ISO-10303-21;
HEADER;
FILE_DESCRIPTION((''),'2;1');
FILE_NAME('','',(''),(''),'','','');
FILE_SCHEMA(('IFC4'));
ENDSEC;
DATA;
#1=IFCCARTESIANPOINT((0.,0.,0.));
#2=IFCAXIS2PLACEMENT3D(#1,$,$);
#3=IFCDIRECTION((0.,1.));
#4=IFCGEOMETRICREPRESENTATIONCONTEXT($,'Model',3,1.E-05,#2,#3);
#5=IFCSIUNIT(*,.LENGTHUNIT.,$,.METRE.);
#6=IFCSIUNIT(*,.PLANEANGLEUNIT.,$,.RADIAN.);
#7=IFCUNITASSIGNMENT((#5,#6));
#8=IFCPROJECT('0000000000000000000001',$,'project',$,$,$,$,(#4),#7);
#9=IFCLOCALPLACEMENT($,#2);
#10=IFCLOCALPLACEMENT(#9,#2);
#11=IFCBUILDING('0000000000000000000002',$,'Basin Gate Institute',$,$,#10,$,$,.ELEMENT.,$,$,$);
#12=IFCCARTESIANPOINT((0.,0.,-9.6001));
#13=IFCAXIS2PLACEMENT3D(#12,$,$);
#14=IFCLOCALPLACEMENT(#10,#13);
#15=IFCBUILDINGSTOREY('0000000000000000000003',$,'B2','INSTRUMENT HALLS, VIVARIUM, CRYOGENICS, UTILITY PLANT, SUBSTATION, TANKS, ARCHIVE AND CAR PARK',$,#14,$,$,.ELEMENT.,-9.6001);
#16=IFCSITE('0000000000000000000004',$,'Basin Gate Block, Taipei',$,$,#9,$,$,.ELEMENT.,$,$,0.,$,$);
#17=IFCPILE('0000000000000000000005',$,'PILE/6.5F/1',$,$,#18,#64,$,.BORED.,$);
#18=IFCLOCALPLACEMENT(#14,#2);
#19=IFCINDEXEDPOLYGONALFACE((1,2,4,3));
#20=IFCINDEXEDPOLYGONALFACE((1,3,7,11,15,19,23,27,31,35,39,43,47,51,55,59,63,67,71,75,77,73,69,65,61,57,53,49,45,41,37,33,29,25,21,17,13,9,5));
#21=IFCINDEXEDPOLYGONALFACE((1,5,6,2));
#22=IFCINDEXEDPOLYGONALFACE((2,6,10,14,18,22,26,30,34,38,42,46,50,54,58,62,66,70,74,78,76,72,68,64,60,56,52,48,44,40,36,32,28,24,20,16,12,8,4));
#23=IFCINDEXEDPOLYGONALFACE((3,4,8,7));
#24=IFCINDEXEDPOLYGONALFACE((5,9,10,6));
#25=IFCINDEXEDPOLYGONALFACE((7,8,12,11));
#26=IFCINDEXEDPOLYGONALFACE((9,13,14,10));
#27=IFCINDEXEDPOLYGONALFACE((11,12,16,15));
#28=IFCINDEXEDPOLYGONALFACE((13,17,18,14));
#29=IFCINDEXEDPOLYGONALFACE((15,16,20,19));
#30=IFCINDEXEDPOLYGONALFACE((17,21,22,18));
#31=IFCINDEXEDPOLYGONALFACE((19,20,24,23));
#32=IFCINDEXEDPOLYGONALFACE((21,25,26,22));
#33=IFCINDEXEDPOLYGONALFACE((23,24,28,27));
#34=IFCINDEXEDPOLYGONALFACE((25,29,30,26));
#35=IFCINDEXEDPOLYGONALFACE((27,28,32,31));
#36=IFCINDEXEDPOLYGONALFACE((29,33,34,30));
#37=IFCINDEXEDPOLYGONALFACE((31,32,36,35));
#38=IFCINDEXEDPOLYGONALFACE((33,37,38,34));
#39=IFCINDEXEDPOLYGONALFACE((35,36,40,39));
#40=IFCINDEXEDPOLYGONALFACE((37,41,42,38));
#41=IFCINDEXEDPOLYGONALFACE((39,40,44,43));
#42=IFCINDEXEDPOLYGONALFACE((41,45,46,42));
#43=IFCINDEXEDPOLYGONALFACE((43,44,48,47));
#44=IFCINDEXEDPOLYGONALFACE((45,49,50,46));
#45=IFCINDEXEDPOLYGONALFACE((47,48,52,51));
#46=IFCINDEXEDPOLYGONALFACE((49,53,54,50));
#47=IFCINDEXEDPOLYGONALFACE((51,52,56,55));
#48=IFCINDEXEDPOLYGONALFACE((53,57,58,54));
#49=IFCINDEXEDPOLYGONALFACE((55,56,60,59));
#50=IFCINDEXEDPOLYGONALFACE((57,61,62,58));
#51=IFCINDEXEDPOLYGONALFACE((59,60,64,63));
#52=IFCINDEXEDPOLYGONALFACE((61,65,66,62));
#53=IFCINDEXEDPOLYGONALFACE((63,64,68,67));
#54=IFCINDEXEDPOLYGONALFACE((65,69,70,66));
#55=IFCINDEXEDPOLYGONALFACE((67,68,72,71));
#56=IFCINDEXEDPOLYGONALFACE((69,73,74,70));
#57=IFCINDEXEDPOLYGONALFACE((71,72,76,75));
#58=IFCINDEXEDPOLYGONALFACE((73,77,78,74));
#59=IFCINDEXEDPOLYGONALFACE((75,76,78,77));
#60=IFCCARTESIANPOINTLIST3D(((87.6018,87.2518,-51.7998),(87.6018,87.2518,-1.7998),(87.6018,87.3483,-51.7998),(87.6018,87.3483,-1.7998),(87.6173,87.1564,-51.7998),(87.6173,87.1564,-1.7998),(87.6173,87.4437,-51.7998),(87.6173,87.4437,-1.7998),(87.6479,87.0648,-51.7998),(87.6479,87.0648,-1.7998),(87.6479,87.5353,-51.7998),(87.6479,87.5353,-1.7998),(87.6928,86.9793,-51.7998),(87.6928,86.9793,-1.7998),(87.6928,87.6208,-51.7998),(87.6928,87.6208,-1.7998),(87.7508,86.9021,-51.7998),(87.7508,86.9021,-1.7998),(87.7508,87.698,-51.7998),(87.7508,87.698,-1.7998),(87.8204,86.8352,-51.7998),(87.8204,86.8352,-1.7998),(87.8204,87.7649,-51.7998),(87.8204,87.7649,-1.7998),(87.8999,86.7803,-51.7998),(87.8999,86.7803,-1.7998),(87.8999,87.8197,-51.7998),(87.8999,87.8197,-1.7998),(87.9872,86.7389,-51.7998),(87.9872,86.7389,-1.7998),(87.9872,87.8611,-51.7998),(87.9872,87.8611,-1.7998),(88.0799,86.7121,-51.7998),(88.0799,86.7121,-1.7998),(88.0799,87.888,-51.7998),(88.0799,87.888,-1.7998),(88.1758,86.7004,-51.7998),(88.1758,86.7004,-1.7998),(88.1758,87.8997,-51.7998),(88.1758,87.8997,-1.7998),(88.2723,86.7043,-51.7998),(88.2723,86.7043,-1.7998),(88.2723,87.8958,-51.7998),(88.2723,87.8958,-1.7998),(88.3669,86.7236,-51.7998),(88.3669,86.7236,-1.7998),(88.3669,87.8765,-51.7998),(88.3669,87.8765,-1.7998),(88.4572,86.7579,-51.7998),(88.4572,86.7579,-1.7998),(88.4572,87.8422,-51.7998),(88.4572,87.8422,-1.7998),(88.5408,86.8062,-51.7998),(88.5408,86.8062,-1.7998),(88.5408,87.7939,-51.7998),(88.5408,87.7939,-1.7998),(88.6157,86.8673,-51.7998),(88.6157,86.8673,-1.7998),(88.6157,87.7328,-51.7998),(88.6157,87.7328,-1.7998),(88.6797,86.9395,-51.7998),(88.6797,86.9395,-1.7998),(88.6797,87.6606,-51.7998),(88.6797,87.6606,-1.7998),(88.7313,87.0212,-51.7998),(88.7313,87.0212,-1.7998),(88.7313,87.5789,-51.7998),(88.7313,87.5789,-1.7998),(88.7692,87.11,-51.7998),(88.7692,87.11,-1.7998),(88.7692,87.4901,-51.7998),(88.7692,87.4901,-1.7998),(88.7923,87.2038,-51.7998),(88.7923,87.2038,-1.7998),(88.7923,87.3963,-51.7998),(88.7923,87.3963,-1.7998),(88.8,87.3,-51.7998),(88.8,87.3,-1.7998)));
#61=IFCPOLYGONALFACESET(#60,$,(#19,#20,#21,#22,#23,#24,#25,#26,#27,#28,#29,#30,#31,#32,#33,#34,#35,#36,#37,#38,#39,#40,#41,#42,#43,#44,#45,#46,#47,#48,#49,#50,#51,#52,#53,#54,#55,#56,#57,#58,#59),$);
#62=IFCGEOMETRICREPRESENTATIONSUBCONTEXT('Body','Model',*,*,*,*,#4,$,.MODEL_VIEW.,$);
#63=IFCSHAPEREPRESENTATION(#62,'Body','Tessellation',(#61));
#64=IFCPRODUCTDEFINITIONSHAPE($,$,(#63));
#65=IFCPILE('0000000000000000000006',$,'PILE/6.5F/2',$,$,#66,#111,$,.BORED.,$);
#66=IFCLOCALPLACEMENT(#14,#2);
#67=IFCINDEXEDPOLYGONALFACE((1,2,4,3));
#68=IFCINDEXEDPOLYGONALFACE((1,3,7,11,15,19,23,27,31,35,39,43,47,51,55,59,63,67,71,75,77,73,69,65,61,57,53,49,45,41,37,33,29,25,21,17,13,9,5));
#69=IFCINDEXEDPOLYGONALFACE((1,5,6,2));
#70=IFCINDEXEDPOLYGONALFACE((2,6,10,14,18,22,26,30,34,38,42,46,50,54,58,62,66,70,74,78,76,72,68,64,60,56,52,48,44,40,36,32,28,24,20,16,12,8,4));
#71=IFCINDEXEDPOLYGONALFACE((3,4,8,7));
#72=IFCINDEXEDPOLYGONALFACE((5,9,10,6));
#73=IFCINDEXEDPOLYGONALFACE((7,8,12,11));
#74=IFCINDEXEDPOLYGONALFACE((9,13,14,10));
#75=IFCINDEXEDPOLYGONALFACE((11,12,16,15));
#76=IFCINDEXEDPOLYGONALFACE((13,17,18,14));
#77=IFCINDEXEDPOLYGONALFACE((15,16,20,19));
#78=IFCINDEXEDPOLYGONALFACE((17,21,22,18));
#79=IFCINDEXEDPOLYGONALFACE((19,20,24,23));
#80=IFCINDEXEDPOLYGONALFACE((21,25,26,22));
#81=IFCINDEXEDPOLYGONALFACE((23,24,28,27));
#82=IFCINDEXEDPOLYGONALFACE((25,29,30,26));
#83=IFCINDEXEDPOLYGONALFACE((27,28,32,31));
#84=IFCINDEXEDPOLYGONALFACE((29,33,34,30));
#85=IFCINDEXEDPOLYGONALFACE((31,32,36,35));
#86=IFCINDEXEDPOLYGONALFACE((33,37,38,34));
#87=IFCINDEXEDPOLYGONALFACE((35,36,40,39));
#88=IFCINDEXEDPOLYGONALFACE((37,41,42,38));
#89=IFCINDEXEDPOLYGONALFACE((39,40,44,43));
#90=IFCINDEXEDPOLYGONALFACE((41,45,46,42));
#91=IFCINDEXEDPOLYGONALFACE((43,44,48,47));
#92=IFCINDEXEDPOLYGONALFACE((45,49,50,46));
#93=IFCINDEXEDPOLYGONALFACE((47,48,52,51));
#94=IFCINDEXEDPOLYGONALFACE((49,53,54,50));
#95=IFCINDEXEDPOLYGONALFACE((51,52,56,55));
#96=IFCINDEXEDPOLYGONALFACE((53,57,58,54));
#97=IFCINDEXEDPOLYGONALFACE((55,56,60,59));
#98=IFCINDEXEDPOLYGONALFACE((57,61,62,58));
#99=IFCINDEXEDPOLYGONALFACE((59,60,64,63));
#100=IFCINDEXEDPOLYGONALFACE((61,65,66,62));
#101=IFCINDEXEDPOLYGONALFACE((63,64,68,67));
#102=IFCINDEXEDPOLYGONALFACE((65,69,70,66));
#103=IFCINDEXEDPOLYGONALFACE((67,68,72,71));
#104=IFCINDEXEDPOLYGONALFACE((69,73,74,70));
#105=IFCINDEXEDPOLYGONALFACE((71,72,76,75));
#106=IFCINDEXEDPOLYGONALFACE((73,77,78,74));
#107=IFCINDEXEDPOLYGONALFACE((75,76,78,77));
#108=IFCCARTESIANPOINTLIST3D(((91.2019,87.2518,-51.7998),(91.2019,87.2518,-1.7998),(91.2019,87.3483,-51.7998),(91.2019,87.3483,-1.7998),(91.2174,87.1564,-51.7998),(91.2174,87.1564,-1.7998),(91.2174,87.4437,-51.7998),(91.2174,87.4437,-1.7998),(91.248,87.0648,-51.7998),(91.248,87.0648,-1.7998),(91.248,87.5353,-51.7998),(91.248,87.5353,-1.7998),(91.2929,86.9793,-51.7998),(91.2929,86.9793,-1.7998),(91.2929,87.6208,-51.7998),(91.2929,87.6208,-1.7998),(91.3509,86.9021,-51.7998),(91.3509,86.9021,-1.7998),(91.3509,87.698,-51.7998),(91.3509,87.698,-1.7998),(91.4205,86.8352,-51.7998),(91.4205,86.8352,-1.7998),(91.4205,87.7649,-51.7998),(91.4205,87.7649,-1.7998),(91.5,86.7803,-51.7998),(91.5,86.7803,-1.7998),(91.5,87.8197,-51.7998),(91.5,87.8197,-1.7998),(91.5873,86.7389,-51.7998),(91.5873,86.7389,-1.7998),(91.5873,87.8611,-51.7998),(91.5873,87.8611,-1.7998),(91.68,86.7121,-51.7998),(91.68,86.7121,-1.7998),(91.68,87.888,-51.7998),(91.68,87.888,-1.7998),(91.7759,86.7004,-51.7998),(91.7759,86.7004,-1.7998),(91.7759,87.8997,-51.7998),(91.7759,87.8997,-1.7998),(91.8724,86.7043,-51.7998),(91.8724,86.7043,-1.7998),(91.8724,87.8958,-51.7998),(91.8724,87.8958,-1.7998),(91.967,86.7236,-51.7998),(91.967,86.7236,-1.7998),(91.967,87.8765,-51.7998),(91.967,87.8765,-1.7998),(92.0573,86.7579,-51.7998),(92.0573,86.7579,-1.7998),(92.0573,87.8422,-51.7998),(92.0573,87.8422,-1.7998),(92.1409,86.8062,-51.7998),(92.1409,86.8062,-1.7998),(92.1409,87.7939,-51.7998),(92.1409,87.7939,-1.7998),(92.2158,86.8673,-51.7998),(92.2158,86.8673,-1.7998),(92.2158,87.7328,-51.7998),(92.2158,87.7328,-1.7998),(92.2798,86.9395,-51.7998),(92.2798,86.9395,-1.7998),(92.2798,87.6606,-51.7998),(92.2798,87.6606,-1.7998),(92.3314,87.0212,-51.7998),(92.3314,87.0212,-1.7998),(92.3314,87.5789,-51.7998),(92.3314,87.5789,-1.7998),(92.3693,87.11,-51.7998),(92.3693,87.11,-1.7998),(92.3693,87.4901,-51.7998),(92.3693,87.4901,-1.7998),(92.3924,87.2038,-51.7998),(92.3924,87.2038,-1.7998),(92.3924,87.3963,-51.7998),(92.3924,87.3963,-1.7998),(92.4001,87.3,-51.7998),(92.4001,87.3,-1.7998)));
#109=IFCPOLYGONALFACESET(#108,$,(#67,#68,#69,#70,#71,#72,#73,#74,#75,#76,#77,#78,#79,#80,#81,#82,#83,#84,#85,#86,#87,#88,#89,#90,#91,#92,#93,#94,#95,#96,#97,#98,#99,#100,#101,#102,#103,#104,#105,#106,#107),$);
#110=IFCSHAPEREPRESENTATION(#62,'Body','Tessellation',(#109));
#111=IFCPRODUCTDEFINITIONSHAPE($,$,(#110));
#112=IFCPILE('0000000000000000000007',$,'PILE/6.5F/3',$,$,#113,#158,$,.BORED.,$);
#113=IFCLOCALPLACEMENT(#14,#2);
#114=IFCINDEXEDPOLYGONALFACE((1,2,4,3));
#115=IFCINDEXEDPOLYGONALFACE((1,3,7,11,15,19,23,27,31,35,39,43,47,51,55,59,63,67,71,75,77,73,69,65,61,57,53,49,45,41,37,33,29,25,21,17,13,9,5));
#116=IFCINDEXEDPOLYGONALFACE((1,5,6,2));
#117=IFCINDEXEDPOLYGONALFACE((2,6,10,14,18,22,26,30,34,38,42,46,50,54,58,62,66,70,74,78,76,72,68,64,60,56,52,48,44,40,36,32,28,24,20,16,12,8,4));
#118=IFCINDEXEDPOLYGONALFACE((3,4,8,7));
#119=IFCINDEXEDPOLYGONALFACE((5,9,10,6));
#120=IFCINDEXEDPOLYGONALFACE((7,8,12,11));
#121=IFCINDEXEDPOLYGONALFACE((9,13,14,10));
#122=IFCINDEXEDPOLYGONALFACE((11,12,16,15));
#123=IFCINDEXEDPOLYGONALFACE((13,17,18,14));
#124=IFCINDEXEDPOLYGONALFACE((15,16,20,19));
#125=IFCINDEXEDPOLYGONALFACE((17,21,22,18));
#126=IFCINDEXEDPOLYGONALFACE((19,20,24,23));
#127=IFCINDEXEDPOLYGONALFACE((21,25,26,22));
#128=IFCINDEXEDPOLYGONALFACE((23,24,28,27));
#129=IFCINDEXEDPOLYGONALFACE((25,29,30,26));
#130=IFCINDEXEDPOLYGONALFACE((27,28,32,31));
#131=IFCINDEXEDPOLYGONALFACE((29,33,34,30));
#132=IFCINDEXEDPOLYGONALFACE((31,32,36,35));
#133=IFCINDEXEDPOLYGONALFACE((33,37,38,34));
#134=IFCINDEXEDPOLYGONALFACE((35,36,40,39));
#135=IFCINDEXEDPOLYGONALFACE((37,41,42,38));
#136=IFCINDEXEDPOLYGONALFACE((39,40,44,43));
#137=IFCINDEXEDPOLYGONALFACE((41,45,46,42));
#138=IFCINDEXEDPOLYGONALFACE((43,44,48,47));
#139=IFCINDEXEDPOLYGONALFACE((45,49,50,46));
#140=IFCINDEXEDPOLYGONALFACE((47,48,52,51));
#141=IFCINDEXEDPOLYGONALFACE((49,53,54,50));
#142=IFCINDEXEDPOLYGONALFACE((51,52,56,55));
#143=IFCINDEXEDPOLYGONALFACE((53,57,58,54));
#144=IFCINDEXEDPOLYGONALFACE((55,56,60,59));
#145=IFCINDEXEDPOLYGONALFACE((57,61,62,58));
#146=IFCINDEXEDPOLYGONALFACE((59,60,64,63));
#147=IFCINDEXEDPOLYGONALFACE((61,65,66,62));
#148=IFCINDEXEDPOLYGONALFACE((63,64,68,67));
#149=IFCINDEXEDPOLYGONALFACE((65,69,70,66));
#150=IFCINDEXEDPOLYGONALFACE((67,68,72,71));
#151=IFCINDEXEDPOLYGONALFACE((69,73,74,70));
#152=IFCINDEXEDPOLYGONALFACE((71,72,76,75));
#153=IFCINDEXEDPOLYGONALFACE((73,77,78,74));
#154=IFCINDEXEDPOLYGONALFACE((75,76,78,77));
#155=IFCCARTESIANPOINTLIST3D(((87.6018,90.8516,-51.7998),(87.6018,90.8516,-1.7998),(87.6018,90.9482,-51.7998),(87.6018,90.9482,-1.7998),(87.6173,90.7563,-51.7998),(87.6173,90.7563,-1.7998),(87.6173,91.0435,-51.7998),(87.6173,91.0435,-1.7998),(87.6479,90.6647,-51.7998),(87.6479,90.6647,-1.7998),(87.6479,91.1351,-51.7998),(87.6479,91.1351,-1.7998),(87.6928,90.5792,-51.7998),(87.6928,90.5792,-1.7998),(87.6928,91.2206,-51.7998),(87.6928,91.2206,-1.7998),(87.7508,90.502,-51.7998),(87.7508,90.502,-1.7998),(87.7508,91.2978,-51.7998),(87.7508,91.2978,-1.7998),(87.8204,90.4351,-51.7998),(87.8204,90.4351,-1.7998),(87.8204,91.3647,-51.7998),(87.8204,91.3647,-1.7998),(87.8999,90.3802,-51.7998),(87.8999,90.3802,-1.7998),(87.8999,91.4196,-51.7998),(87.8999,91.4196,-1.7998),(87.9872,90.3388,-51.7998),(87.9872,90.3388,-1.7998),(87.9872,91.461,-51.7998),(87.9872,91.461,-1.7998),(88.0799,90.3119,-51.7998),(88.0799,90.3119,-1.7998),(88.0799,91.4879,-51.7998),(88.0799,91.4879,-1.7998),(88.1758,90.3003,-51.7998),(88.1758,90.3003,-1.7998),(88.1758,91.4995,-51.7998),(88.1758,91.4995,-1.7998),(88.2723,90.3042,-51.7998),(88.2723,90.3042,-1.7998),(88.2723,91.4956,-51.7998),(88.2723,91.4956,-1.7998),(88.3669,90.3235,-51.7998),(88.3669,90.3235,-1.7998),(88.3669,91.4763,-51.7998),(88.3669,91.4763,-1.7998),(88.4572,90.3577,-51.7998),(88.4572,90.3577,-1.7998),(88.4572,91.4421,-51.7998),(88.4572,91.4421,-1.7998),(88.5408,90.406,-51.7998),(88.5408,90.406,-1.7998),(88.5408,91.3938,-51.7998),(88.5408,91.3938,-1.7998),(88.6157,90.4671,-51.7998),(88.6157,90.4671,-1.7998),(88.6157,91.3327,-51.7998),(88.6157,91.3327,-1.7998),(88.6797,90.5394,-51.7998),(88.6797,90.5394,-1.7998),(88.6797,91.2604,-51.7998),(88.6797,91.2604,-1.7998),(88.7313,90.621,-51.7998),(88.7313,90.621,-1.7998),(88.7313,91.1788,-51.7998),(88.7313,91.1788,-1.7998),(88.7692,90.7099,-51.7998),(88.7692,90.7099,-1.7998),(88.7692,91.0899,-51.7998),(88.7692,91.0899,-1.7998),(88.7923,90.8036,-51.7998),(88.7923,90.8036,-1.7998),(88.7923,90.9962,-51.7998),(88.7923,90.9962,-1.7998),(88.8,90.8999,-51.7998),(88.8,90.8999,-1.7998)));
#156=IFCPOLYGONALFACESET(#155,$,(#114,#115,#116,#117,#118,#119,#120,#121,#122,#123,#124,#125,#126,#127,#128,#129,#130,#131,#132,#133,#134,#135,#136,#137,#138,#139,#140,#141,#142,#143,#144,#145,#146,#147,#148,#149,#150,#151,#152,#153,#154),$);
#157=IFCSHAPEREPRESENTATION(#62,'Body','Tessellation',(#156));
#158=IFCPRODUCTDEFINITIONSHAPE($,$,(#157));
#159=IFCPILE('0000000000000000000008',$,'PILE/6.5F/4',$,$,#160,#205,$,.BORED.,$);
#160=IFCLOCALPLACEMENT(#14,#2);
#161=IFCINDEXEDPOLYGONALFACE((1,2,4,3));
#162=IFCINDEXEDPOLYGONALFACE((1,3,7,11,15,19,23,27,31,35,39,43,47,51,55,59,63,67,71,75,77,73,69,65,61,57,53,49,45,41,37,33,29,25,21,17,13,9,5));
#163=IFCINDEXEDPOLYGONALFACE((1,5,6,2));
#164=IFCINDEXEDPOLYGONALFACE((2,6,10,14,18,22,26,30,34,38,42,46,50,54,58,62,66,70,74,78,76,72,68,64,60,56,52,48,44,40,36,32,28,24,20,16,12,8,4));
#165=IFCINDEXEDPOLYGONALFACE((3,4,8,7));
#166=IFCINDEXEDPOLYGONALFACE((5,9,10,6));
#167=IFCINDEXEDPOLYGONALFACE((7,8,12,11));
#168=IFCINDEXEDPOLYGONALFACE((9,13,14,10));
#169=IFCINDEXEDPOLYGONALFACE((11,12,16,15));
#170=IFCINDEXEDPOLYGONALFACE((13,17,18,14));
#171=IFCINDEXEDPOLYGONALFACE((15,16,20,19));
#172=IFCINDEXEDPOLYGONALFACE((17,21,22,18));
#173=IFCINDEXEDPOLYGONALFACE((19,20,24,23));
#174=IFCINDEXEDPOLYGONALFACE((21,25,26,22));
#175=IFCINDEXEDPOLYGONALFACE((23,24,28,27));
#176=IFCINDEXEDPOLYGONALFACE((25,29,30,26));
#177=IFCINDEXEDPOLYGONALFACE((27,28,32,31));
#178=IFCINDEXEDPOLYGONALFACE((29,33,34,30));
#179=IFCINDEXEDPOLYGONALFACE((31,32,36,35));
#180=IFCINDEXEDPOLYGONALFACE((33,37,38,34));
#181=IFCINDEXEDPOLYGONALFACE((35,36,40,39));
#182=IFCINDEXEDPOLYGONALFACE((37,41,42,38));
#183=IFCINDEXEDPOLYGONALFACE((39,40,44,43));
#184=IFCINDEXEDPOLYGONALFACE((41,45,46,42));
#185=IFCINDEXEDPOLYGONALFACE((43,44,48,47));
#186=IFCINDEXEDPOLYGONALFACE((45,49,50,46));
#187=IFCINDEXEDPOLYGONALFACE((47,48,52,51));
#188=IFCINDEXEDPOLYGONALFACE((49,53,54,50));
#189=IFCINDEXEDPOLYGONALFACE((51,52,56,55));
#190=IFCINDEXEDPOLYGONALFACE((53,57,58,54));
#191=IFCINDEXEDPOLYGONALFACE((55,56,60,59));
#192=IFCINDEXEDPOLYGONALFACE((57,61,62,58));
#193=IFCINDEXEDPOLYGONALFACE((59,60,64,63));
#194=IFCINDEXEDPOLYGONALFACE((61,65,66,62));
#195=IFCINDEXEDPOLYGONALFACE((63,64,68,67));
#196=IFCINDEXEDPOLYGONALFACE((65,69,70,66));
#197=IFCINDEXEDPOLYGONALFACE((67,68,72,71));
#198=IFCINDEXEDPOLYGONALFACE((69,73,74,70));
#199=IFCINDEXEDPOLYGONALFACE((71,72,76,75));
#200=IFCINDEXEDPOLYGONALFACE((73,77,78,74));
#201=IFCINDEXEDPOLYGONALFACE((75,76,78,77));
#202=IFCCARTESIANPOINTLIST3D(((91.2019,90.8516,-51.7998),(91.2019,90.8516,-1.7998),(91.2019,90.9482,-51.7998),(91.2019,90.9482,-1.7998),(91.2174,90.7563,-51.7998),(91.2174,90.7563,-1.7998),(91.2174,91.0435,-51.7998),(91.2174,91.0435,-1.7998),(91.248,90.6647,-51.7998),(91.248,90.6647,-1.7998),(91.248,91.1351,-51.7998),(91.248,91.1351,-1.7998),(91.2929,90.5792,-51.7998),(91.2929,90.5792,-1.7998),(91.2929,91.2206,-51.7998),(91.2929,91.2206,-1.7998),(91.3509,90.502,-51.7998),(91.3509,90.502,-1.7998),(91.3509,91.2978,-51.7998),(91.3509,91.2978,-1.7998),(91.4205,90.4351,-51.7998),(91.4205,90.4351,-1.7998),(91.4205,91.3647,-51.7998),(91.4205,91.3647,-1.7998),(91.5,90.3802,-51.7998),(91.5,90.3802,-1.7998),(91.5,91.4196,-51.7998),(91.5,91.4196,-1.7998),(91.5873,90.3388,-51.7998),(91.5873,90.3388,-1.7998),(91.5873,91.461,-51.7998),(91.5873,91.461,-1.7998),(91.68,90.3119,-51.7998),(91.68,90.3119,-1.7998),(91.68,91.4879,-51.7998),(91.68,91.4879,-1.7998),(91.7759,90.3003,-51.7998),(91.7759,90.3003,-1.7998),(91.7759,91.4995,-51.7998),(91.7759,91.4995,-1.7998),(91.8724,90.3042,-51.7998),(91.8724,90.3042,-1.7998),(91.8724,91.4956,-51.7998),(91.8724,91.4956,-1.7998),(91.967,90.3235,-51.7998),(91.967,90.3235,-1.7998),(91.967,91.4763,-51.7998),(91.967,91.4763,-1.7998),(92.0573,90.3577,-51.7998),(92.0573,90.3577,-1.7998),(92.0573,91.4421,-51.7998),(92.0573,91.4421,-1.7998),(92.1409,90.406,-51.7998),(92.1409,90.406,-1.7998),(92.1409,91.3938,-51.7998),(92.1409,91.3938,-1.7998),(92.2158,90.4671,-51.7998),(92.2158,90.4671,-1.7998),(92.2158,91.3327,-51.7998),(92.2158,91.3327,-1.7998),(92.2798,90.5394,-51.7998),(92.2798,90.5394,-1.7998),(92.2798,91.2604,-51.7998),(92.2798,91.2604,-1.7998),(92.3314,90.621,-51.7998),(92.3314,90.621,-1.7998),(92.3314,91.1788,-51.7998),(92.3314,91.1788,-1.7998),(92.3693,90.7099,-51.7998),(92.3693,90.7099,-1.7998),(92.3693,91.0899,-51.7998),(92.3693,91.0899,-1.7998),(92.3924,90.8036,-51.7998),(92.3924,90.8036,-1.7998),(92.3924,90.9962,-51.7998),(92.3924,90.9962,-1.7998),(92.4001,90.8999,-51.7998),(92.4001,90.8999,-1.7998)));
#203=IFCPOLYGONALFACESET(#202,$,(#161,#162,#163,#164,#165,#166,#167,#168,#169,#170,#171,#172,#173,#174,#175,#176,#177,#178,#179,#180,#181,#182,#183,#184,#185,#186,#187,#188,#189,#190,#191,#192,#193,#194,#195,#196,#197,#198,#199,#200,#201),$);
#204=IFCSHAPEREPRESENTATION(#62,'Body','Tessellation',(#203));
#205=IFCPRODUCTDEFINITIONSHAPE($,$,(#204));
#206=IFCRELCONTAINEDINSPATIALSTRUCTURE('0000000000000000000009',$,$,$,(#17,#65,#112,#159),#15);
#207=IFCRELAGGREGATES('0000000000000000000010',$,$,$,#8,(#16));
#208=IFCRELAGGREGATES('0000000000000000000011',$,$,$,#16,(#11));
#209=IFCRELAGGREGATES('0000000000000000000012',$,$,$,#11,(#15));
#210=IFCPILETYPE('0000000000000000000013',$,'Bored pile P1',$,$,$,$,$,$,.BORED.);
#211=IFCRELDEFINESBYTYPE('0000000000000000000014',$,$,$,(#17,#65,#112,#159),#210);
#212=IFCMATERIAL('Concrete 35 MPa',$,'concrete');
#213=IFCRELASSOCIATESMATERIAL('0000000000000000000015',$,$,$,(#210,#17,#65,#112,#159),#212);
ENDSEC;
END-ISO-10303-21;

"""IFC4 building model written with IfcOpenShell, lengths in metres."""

from ifc_helpers import new_model, si_unit, direction, frame, origin, origin_2d, place, context, subcontext, project, spatial, circle, extrude, material, material_profile, profile_set, type_object, element, save


model = new_model("IFC4")

# Units and contexts
model_context = context("Model", 3, precision=1e-05, world=origin(), true_north=direction((0.0, 1.0)))
body_context = subcontext(model_context, "Body", "Model", "MODEL_VIEW")
ifc_project = project(units=[si_unit("LENGTHUNIT", "METRE"), si_unit("PLANEANGLEUNIT", "RADIAN")], contexts=[model_context])

# Site, building, storey
site_placement = place(None, origin())
site = spatial("IfcSite", under=ifc_project, at=site_placement, Name="Basin Gate Block, Taipei", CompositionType="ELEMENT", RefElevation=0.0)
building_placement = place(site_placement, origin())
building = spatial("IfcBuilding", under=site, at=building_placement, Name="Basin Gate Institute", CompositionType="ELEMENT")
storey_placement = place(building_placement, frame((0.0, 0.0, -9.6001)))
storey = spatial("IfcBuildingStorey", under=building, at=storey_placement, Name="B2", Description="INSTRUMENT HALLS, VIVARIUM, CRYOGENICS, UTILITY PLANT, SUBSTATION, TANKS, ARCHIVE AND CAR PARK", CompositionType="ELEMENT", Elevation=-9.6001)

# Piles
ifc_material_1 = material(Name="Concrete 35 MPa", Category="concrete")
ifc_material_profile_1 = material_profile(ifc_material_1, circle(Radius=0.6001, at=origin_2d()), Name="Bored pile P1 1200 dia")
ifc_profile_set_1 = profile_set([ifc_material_profile_1], Name="Concrete 35 MPa")
pile_type = type_object("IfcPileType", Name="Bored pile P1", PredefinedType="BORED", material=ifc_profile_set_1)
for number, where, z_axis, x_axis, name in (
    (1, (88.2, 87.3, -1.7998), (0.0, 0.0, -1.0), (1.0, 0.0, 0.0), "PILE/6.5F/1"),
    (2, (91.8, 87.3, -1.7998), (0.0, 0.0, -1.0), (1.0, 0.0, 0.0), "PILE/6.5F/2"),
    (3, (88.2, 90.8999, -1.7998), (0.0, 0.0, -1.0), (1.0, 0.0, 0.0), "PILE/6.5F/3"),
    (4, (91.8, 90.8999, -1.7998), (0.0, 0.0, -1.0), (1.0, 0.0, 0.0), "PILE/6.5F/4"),
):
    element("IfcPile", number, at=place(storey_placement, frame(where, z_axis=z_axis, x_axis=x_axis)), inside=storey, type_object=pile_type, material=ifc_profile_set_1, Name=name, PredefinedType="BORED", context=body_context, shape_type="SweptSolid", body=[
        extrude(circle(Radius=0.6001, at=origin_2d()), origin(), (0.0, 0.0, 1.0), 50.0),
    ])

save(model, "model.ifc")
